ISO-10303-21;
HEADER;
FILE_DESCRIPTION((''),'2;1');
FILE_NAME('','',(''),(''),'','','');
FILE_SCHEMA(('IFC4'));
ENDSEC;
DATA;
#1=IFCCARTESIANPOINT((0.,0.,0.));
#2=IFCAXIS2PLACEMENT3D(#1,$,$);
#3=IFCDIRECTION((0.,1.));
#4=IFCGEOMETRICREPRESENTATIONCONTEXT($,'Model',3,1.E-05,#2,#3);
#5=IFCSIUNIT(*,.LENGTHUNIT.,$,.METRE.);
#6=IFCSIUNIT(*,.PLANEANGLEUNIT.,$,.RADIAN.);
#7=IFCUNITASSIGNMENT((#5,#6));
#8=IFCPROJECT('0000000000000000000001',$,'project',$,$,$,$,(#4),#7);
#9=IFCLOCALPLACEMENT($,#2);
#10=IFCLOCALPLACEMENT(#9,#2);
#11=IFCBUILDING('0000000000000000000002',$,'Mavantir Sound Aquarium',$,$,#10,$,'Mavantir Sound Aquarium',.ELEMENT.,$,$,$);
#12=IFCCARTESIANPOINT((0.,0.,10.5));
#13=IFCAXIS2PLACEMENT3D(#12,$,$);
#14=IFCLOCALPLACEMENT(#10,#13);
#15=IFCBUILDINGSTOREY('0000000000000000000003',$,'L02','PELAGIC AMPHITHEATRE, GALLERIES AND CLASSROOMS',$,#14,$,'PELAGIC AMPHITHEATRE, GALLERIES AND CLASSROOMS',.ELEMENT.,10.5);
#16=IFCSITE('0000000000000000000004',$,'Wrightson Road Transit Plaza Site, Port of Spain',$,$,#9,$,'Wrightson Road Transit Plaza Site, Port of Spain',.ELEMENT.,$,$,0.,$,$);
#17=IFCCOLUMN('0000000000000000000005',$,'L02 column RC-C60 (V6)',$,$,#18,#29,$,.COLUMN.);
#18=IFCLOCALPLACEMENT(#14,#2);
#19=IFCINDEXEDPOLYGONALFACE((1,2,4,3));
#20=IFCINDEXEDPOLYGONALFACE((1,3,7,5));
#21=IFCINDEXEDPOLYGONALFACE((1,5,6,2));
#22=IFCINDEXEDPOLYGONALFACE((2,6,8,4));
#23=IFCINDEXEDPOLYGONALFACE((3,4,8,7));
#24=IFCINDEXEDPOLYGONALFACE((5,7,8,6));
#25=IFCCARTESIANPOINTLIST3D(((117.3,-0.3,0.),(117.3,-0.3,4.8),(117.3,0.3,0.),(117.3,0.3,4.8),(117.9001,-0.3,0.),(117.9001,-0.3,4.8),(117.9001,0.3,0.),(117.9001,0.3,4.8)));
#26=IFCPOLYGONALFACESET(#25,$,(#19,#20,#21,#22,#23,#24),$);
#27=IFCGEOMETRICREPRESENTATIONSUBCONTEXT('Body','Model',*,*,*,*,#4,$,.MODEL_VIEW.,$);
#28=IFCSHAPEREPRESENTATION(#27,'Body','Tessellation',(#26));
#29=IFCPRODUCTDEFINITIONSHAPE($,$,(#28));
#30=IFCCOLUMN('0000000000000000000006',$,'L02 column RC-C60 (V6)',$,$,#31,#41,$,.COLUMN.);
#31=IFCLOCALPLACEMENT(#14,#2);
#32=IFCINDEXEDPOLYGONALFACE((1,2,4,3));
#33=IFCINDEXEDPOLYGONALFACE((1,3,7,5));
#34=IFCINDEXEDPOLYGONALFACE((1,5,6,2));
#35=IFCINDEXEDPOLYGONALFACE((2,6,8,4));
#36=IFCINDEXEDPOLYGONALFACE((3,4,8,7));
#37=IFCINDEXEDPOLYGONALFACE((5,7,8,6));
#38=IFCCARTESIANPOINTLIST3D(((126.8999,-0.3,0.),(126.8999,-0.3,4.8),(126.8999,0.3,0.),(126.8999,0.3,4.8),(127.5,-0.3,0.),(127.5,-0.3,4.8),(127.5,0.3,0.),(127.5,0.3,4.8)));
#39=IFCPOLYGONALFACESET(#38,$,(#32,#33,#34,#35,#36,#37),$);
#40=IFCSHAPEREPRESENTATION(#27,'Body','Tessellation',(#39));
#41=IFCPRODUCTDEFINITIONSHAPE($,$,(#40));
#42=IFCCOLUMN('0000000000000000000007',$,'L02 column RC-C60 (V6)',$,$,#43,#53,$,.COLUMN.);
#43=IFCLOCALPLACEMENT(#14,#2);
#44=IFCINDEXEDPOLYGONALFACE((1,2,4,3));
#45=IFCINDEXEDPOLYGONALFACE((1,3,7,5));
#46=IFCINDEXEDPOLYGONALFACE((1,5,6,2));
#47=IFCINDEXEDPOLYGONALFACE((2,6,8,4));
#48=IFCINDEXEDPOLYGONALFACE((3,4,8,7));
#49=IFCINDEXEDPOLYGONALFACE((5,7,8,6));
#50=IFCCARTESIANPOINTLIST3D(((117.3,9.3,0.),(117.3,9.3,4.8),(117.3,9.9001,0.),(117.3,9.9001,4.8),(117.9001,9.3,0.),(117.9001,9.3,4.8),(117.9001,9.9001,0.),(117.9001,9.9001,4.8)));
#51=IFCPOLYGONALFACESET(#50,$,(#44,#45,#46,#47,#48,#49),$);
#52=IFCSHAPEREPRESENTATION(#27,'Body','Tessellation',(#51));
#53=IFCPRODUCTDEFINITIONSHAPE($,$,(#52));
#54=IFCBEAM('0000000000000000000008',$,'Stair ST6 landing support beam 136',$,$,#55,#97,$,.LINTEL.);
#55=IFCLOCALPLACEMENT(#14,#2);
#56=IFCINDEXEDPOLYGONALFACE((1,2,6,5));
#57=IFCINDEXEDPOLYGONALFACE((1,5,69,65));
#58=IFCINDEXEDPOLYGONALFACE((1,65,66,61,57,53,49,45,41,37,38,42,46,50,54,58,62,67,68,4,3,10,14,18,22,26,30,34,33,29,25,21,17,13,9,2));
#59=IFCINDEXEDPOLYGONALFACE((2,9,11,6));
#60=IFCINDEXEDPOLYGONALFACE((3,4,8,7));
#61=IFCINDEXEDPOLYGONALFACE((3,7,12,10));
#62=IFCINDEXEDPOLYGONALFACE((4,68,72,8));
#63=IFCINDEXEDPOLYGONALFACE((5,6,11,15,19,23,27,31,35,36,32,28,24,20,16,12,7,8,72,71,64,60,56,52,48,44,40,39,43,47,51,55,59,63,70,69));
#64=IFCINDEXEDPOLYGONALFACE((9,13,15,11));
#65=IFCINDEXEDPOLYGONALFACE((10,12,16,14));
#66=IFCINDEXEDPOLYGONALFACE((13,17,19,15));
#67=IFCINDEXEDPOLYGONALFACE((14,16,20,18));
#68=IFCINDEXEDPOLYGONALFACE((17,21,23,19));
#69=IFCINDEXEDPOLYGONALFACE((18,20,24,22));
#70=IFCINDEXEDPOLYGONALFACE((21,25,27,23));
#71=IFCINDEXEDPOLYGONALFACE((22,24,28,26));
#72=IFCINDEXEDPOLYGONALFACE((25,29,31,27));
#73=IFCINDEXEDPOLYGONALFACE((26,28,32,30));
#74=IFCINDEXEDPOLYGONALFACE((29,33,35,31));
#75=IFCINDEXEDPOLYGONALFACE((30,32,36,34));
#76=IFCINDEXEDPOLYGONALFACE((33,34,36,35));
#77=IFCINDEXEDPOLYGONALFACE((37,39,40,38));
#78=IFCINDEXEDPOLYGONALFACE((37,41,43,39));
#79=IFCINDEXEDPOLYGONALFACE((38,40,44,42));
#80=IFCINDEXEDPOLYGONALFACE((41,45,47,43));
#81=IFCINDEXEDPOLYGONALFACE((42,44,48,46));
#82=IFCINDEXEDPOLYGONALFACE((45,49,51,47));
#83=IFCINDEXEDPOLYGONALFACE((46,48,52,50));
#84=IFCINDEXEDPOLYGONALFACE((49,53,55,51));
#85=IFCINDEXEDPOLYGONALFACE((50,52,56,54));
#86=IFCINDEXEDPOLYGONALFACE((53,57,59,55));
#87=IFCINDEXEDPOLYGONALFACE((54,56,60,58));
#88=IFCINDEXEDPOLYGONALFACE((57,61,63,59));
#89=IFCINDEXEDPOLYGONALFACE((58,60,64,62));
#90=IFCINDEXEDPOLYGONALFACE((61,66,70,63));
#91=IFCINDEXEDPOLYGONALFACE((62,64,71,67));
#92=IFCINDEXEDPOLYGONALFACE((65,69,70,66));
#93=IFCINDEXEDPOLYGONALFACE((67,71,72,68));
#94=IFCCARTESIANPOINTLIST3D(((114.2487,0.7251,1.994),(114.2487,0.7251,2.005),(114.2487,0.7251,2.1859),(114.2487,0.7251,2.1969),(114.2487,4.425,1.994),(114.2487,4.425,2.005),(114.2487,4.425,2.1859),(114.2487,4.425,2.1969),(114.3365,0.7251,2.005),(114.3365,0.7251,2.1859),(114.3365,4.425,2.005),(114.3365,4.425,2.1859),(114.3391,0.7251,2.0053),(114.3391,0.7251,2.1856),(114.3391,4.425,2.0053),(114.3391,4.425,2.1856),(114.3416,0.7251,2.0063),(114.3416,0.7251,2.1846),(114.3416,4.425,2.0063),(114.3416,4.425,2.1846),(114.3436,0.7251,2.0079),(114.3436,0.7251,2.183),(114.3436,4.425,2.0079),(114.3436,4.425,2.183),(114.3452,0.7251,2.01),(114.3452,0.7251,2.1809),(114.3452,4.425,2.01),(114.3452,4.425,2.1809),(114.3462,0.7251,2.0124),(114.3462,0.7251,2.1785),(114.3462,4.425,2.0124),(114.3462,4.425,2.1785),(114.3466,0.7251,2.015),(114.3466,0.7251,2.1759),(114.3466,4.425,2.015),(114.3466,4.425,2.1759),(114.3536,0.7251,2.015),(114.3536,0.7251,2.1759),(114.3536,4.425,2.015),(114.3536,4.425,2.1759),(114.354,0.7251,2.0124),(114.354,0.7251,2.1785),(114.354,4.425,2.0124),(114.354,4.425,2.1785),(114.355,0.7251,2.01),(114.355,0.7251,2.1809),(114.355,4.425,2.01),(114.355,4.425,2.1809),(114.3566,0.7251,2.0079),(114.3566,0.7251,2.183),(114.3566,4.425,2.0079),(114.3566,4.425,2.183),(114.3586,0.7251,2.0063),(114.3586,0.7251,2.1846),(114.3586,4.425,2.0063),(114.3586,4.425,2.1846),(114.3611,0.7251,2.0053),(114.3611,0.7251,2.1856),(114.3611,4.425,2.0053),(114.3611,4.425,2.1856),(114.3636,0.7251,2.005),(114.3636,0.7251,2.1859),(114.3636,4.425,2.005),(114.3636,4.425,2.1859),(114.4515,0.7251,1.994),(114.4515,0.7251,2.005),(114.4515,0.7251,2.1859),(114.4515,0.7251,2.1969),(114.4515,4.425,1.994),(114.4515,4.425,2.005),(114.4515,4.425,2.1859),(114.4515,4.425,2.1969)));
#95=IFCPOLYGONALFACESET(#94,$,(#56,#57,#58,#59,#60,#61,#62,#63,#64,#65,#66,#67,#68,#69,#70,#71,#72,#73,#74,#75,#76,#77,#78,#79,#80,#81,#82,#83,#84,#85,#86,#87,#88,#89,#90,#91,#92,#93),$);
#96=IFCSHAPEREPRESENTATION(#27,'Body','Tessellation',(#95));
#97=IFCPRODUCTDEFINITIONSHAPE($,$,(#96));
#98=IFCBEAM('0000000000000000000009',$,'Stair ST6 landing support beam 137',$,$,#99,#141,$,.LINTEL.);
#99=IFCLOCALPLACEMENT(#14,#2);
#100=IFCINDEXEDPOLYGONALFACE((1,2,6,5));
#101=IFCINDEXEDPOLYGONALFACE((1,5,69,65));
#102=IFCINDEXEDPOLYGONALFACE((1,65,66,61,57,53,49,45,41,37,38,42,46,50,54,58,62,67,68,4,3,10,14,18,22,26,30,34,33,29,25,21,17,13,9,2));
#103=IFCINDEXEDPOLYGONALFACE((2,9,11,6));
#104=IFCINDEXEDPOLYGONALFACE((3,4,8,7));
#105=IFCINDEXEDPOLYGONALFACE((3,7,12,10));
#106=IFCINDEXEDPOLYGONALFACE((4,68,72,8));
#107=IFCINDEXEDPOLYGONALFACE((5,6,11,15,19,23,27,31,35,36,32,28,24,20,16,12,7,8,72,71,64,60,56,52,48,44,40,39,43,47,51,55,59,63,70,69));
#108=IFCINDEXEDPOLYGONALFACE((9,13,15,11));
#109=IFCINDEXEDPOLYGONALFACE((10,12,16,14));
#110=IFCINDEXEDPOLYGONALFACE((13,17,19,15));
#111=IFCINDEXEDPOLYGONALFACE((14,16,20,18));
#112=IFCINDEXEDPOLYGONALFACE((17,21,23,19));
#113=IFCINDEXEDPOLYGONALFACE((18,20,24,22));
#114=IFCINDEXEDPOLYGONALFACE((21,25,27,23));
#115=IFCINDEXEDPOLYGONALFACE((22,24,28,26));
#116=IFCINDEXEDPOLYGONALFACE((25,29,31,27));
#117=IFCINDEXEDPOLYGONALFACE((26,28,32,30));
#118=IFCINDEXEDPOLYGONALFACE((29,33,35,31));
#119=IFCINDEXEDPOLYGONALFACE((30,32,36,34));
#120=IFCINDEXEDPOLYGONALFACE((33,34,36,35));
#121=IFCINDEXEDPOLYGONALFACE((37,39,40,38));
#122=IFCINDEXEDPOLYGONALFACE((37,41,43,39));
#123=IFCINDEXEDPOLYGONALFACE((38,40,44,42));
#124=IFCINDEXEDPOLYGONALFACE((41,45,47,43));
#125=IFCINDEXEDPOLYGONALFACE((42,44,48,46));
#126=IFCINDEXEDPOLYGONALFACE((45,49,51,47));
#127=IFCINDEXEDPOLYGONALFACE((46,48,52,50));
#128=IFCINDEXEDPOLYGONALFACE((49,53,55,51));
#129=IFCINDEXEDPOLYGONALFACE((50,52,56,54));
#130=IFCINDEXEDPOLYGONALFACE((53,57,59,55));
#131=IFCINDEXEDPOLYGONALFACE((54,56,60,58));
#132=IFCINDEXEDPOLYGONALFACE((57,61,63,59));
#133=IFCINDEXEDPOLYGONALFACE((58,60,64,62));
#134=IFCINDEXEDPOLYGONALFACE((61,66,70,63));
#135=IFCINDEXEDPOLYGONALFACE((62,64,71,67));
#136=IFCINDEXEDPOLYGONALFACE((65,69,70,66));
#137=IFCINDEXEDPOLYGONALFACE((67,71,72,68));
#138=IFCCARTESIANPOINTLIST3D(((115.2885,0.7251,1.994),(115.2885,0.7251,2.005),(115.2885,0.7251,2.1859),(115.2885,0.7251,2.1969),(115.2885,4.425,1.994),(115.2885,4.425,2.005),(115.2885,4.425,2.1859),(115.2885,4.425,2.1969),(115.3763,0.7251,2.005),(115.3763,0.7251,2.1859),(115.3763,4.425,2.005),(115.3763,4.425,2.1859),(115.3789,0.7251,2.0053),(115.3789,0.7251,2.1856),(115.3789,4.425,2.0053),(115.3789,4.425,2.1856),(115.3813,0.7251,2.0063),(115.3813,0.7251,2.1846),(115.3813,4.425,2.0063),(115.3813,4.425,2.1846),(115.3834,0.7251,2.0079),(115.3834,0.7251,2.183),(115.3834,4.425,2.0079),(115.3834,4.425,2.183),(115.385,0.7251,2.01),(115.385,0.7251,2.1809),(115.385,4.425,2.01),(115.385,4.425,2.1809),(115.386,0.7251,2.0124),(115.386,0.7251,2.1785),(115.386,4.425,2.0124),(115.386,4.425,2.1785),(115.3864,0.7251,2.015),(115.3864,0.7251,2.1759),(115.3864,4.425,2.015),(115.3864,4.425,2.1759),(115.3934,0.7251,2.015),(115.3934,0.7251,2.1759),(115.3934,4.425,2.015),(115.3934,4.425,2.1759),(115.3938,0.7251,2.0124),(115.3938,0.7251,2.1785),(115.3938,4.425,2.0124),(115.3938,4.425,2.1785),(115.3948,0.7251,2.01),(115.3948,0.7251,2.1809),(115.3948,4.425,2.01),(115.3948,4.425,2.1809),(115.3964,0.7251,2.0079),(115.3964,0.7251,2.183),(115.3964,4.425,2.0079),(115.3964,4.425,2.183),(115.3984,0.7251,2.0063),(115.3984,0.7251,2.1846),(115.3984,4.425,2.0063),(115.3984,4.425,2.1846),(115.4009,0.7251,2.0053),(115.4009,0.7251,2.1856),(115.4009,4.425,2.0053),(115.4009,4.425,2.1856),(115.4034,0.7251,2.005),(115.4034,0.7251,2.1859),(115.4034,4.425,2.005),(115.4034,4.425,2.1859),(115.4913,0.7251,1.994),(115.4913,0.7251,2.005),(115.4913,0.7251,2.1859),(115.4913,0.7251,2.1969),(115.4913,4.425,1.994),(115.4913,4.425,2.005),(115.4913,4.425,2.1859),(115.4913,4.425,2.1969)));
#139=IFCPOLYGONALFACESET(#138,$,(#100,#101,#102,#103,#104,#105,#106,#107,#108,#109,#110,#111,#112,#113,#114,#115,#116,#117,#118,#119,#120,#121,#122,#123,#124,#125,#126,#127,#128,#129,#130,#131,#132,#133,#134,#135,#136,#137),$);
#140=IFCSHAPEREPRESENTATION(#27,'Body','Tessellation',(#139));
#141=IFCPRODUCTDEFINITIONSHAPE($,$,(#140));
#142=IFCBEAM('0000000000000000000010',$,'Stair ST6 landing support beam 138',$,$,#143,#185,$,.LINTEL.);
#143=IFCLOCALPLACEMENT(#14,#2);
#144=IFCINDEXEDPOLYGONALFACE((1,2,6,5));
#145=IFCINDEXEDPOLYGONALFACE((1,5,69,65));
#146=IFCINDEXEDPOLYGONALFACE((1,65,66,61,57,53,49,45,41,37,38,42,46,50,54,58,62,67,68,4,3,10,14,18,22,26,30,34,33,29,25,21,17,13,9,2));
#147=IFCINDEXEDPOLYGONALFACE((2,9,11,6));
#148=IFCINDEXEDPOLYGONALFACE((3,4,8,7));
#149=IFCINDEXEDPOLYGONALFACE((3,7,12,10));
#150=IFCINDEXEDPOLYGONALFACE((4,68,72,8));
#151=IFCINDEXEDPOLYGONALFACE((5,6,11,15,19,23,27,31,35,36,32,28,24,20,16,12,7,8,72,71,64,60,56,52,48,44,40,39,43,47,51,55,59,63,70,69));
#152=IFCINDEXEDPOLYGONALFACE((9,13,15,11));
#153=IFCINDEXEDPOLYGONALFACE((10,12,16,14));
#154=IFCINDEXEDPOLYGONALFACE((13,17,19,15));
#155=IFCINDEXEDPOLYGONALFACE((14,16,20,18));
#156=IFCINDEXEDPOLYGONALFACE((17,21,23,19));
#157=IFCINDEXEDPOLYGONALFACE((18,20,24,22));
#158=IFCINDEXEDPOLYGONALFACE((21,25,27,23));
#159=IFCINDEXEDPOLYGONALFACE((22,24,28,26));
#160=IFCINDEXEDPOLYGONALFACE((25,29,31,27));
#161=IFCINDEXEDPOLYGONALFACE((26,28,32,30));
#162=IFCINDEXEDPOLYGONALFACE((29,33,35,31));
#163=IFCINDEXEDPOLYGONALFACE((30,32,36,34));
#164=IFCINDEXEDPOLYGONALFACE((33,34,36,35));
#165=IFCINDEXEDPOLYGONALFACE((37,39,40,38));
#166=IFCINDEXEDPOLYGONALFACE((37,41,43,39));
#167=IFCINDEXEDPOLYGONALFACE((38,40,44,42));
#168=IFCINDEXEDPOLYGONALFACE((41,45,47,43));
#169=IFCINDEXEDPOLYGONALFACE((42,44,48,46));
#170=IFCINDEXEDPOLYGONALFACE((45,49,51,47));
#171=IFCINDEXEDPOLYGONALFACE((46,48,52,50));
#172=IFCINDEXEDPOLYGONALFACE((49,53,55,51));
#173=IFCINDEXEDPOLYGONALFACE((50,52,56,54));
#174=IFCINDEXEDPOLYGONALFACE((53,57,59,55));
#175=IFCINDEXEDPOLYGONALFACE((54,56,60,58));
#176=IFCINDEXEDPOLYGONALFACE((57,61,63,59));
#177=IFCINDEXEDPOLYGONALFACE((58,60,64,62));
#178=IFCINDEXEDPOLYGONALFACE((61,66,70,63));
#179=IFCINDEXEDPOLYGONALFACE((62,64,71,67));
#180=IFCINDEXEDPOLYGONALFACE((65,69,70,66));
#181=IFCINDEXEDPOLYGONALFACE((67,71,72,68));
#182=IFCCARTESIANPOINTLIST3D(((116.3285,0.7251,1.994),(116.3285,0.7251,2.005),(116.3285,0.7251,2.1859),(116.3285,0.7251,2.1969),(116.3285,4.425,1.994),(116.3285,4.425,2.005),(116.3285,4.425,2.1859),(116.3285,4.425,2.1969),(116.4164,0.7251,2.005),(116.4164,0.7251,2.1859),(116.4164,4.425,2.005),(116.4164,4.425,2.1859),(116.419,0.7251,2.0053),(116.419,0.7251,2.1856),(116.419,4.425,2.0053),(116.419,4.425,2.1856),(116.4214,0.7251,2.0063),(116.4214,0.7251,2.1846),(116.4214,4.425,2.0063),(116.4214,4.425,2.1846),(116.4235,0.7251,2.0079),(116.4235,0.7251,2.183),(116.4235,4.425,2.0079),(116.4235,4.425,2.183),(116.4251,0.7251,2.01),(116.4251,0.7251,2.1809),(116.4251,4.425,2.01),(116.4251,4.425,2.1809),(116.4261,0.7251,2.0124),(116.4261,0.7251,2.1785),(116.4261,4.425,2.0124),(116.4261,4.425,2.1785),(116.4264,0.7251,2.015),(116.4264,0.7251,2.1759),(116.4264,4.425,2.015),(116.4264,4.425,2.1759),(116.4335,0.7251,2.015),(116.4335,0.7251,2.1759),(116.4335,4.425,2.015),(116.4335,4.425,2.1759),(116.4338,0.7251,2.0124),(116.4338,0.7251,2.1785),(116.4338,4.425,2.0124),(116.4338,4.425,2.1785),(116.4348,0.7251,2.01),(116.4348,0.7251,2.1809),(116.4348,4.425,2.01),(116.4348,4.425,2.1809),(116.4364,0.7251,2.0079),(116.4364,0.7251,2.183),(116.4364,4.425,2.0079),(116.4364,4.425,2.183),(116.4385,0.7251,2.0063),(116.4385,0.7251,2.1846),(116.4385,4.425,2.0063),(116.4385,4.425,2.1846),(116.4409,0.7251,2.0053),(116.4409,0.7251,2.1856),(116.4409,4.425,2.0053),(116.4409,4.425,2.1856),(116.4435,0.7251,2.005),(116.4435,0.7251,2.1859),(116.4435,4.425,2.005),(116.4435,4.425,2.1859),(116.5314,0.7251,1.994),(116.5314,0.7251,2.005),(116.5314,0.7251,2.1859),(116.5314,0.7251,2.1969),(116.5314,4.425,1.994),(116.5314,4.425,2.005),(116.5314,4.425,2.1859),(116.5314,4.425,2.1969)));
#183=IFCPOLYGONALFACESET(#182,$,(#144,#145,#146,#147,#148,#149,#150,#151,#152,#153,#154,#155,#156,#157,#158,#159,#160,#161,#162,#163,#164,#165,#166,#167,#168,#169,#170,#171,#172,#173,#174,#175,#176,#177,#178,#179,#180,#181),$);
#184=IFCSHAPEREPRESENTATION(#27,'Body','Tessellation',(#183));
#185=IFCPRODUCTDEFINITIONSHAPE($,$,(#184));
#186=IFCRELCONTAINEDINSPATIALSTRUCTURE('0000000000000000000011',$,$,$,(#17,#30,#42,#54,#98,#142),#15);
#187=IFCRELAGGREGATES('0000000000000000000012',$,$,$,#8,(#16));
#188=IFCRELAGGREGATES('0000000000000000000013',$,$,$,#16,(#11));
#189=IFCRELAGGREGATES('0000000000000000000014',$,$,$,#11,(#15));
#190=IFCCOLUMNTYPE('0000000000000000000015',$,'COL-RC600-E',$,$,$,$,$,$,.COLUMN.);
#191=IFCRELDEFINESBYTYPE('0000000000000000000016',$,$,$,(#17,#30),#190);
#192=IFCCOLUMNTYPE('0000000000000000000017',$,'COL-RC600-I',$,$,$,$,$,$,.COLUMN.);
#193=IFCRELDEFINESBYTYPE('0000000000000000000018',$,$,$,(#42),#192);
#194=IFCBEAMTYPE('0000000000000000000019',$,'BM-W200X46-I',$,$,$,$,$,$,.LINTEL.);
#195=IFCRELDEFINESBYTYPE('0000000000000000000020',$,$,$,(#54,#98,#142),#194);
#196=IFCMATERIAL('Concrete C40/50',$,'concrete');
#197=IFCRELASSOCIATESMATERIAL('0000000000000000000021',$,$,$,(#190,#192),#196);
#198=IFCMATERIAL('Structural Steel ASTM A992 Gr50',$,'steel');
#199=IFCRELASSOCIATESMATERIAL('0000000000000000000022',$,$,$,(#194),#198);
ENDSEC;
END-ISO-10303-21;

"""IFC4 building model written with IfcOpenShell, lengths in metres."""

from ifc_helpers import new_model, si_unit, direction, frame, origin, origin_2d, place, context, subcontext, project, spatial, rectangle, i_section, extrude, material, material_profile, profile_set, type_object, element, save


model = new_model("IFC4")

# Units and contexts
model_context = context("Model", 3, precision=1e-05, world=origin(), true_north=direction((0.0, 1.0)))
body_context = subcontext(model_context, "Body", "Model", "MODEL_VIEW")
ifc_project = project(units=[si_unit("LENGTHUNIT", "METRE"), si_unit("PLANEANGLEUNIT", "RADIAN")], contexts=[model_context])

# Site, building, storey
site_placement = place(None, origin())
site = spatial("IfcSite", under=ifc_project, at=site_placement, Name="Wrightson Road Transit Plaza Site, Port of Spain", LongName="Wrightson Road Transit Plaza Site, Port of Spain", CompositionType="ELEMENT", RefElevation=0.0)
building_placement = place(site_placement, origin())
building = spatial("IfcBuilding", under=site, at=building_placement, Name="Mavantir Sound Aquarium", LongName="Mavantir Sound Aquarium", CompositionType="ELEMENT")
storey_placement = place(building_placement, frame((0.0, 0.0, 10.5)))
storey = spatial("IfcBuildingStorey", under=building, at=storey_placement, Name="L02", Description="PELAGIC AMPHITHEATRE, GALLERIES AND CLASSROOMS", LongName="PELAGIC AMPHITHEATRE, GALLERIES AND CLASSROOMS", CompositionType="ELEMENT", Elevation=10.5)

# Columns
ifc_material_1 = material(Name="Concrete C40/50", Category="concrete")
ifc_material_profile_1 = material_profile(ifc_material_1, rectangle(XDim=0.6001, YDim=0.6001, at=origin_2d()), Name="RC 600X600")
ifc_profile_set_1 = profile_set([ifc_material_profile_1], Name="Concrete C40/50")
column_type_1 = type_object("IfcColumnType", Name="COL-RC600-E", PredefinedType="COLUMN", material=ifc_profile_set_1)
for number, where, z_axis, x_axis, name in (
    (1, (117.6001, 0.0, 0.0), (0.0, 0.0, 1.0), (1.0, 0.0, 0.0), "L02 column RC-C60 (V6)"),
    (2, (127.2, 0.0, 0.0), (0.0, 0.0, 1.0), (1.0, 0.0, 0.0), "L02 column RC-C60 (V6)"),
):
    element("IfcColumn", number, at=place(storey_placement, frame(where, z_axis=z_axis, x_axis=x_axis)), inside=storey, type_object=column_type_1, Name=name, PredefinedType="COLUMN", context=body_context, shape_type="SweptSolid", body=[
        extrude(rectangle(XDim=0.6001, YDim=0.6001, at=origin_2d()), origin(), (0.0, 0.0, 1.0), 4.8),
    ])
ifc_material_profile_2 = material_profile(ifc_material_1, rectangle(XDim=0.6001, YDim=0.6001, at=origin_2d()), Name="RC 600X600")
ifc_profile_set_2 = profile_set([ifc_material_profile_2], Name="Concrete C40/50")
column_type_2 = type_object("IfcColumnType", Name="COL-RC600-I", PredefinedType="COLUMN", material=ifc_profile_set_2)
column_placement = place(storey_placement, frame((117.6001, 9.6001, 0.0), z_axis=(0.0, 0.0, 1.0), x_axis=(1.0, 0.0, 0.0)))
element("IfcColumn", 3, at=column_placement, inside=storey, type_object=column_type_2, Name="L02 column RC-C60 (V6)", PredefinedType="COLUMN", context=body_context, shape_type="SweptSolid", body=[
    extrude(rectangle(XDim=0.6001, YDim=0.6001, at=origin_2d()), origin(), (0.0, 0.0, 1.0), 4.8),
])

# Beams
ifc_material_2 = material(Name="Structural Steel ASTM A992 Gr50", Category="steel")
ifc_material_profile_3 = material_profile(ifc_material_2, i_section(OverallWidth=0.2029, OverallDepth=0.2029, WebThickness=0.0071, FlangeThickness=0.011, FilletRadius=0.01, at=origin_2d()), Name="W200X46")
ifc_profile_set_3 = profile_set([ifc_material_profile_3], Name="Structural Steel ASTM A992 Gr50")
beam_type_1 = type_object("IfcBeamType", Name="BM-W200X46-I", PredefinedType="LINTEL", material=ifc_profile_set_3)
for number, where, z_axis, x_axis, name in (
    (4, (114.3501, 0.7251, 2.0955), (0.0, 1.0, 0.0), (-1.0, 0.0, 0.0), "Stair ST6 landing support beam 136"),
    (5, (115.3899, 0.7251, 2.0955), (0.0, 1.0, 0.0), (-1.0, 0.0, 0.0), "Stair ST6 landing support beam 137"),
    (6, (116.4299, 0.7251, 2.0955), (0.0, 1.0, 0.0), (-1.0, 0.0, 0.0), "Stair ST6 landing support beam 138"),
):
    element("IfcBeam", number, at=place(storey_placement, frame(where, z_axis=z_axis, x_axis=x_axis)), inside=storey, type_object=beam_type_1, Name=name, PredefinedType="LINTEL", context=body_context, shape_type="SweptSolid", body=[
        extrude(i_section(OverallWidth=0.2029, OverallDepth=0.2029, WebThickness=0.0071, FlangeThickness=0.011, FilletRadius=0.01, at=origin_2d()), origin(), (0.0, 0.0, 1.0), 3.7),
    ])

save(model, "model.ifc")
